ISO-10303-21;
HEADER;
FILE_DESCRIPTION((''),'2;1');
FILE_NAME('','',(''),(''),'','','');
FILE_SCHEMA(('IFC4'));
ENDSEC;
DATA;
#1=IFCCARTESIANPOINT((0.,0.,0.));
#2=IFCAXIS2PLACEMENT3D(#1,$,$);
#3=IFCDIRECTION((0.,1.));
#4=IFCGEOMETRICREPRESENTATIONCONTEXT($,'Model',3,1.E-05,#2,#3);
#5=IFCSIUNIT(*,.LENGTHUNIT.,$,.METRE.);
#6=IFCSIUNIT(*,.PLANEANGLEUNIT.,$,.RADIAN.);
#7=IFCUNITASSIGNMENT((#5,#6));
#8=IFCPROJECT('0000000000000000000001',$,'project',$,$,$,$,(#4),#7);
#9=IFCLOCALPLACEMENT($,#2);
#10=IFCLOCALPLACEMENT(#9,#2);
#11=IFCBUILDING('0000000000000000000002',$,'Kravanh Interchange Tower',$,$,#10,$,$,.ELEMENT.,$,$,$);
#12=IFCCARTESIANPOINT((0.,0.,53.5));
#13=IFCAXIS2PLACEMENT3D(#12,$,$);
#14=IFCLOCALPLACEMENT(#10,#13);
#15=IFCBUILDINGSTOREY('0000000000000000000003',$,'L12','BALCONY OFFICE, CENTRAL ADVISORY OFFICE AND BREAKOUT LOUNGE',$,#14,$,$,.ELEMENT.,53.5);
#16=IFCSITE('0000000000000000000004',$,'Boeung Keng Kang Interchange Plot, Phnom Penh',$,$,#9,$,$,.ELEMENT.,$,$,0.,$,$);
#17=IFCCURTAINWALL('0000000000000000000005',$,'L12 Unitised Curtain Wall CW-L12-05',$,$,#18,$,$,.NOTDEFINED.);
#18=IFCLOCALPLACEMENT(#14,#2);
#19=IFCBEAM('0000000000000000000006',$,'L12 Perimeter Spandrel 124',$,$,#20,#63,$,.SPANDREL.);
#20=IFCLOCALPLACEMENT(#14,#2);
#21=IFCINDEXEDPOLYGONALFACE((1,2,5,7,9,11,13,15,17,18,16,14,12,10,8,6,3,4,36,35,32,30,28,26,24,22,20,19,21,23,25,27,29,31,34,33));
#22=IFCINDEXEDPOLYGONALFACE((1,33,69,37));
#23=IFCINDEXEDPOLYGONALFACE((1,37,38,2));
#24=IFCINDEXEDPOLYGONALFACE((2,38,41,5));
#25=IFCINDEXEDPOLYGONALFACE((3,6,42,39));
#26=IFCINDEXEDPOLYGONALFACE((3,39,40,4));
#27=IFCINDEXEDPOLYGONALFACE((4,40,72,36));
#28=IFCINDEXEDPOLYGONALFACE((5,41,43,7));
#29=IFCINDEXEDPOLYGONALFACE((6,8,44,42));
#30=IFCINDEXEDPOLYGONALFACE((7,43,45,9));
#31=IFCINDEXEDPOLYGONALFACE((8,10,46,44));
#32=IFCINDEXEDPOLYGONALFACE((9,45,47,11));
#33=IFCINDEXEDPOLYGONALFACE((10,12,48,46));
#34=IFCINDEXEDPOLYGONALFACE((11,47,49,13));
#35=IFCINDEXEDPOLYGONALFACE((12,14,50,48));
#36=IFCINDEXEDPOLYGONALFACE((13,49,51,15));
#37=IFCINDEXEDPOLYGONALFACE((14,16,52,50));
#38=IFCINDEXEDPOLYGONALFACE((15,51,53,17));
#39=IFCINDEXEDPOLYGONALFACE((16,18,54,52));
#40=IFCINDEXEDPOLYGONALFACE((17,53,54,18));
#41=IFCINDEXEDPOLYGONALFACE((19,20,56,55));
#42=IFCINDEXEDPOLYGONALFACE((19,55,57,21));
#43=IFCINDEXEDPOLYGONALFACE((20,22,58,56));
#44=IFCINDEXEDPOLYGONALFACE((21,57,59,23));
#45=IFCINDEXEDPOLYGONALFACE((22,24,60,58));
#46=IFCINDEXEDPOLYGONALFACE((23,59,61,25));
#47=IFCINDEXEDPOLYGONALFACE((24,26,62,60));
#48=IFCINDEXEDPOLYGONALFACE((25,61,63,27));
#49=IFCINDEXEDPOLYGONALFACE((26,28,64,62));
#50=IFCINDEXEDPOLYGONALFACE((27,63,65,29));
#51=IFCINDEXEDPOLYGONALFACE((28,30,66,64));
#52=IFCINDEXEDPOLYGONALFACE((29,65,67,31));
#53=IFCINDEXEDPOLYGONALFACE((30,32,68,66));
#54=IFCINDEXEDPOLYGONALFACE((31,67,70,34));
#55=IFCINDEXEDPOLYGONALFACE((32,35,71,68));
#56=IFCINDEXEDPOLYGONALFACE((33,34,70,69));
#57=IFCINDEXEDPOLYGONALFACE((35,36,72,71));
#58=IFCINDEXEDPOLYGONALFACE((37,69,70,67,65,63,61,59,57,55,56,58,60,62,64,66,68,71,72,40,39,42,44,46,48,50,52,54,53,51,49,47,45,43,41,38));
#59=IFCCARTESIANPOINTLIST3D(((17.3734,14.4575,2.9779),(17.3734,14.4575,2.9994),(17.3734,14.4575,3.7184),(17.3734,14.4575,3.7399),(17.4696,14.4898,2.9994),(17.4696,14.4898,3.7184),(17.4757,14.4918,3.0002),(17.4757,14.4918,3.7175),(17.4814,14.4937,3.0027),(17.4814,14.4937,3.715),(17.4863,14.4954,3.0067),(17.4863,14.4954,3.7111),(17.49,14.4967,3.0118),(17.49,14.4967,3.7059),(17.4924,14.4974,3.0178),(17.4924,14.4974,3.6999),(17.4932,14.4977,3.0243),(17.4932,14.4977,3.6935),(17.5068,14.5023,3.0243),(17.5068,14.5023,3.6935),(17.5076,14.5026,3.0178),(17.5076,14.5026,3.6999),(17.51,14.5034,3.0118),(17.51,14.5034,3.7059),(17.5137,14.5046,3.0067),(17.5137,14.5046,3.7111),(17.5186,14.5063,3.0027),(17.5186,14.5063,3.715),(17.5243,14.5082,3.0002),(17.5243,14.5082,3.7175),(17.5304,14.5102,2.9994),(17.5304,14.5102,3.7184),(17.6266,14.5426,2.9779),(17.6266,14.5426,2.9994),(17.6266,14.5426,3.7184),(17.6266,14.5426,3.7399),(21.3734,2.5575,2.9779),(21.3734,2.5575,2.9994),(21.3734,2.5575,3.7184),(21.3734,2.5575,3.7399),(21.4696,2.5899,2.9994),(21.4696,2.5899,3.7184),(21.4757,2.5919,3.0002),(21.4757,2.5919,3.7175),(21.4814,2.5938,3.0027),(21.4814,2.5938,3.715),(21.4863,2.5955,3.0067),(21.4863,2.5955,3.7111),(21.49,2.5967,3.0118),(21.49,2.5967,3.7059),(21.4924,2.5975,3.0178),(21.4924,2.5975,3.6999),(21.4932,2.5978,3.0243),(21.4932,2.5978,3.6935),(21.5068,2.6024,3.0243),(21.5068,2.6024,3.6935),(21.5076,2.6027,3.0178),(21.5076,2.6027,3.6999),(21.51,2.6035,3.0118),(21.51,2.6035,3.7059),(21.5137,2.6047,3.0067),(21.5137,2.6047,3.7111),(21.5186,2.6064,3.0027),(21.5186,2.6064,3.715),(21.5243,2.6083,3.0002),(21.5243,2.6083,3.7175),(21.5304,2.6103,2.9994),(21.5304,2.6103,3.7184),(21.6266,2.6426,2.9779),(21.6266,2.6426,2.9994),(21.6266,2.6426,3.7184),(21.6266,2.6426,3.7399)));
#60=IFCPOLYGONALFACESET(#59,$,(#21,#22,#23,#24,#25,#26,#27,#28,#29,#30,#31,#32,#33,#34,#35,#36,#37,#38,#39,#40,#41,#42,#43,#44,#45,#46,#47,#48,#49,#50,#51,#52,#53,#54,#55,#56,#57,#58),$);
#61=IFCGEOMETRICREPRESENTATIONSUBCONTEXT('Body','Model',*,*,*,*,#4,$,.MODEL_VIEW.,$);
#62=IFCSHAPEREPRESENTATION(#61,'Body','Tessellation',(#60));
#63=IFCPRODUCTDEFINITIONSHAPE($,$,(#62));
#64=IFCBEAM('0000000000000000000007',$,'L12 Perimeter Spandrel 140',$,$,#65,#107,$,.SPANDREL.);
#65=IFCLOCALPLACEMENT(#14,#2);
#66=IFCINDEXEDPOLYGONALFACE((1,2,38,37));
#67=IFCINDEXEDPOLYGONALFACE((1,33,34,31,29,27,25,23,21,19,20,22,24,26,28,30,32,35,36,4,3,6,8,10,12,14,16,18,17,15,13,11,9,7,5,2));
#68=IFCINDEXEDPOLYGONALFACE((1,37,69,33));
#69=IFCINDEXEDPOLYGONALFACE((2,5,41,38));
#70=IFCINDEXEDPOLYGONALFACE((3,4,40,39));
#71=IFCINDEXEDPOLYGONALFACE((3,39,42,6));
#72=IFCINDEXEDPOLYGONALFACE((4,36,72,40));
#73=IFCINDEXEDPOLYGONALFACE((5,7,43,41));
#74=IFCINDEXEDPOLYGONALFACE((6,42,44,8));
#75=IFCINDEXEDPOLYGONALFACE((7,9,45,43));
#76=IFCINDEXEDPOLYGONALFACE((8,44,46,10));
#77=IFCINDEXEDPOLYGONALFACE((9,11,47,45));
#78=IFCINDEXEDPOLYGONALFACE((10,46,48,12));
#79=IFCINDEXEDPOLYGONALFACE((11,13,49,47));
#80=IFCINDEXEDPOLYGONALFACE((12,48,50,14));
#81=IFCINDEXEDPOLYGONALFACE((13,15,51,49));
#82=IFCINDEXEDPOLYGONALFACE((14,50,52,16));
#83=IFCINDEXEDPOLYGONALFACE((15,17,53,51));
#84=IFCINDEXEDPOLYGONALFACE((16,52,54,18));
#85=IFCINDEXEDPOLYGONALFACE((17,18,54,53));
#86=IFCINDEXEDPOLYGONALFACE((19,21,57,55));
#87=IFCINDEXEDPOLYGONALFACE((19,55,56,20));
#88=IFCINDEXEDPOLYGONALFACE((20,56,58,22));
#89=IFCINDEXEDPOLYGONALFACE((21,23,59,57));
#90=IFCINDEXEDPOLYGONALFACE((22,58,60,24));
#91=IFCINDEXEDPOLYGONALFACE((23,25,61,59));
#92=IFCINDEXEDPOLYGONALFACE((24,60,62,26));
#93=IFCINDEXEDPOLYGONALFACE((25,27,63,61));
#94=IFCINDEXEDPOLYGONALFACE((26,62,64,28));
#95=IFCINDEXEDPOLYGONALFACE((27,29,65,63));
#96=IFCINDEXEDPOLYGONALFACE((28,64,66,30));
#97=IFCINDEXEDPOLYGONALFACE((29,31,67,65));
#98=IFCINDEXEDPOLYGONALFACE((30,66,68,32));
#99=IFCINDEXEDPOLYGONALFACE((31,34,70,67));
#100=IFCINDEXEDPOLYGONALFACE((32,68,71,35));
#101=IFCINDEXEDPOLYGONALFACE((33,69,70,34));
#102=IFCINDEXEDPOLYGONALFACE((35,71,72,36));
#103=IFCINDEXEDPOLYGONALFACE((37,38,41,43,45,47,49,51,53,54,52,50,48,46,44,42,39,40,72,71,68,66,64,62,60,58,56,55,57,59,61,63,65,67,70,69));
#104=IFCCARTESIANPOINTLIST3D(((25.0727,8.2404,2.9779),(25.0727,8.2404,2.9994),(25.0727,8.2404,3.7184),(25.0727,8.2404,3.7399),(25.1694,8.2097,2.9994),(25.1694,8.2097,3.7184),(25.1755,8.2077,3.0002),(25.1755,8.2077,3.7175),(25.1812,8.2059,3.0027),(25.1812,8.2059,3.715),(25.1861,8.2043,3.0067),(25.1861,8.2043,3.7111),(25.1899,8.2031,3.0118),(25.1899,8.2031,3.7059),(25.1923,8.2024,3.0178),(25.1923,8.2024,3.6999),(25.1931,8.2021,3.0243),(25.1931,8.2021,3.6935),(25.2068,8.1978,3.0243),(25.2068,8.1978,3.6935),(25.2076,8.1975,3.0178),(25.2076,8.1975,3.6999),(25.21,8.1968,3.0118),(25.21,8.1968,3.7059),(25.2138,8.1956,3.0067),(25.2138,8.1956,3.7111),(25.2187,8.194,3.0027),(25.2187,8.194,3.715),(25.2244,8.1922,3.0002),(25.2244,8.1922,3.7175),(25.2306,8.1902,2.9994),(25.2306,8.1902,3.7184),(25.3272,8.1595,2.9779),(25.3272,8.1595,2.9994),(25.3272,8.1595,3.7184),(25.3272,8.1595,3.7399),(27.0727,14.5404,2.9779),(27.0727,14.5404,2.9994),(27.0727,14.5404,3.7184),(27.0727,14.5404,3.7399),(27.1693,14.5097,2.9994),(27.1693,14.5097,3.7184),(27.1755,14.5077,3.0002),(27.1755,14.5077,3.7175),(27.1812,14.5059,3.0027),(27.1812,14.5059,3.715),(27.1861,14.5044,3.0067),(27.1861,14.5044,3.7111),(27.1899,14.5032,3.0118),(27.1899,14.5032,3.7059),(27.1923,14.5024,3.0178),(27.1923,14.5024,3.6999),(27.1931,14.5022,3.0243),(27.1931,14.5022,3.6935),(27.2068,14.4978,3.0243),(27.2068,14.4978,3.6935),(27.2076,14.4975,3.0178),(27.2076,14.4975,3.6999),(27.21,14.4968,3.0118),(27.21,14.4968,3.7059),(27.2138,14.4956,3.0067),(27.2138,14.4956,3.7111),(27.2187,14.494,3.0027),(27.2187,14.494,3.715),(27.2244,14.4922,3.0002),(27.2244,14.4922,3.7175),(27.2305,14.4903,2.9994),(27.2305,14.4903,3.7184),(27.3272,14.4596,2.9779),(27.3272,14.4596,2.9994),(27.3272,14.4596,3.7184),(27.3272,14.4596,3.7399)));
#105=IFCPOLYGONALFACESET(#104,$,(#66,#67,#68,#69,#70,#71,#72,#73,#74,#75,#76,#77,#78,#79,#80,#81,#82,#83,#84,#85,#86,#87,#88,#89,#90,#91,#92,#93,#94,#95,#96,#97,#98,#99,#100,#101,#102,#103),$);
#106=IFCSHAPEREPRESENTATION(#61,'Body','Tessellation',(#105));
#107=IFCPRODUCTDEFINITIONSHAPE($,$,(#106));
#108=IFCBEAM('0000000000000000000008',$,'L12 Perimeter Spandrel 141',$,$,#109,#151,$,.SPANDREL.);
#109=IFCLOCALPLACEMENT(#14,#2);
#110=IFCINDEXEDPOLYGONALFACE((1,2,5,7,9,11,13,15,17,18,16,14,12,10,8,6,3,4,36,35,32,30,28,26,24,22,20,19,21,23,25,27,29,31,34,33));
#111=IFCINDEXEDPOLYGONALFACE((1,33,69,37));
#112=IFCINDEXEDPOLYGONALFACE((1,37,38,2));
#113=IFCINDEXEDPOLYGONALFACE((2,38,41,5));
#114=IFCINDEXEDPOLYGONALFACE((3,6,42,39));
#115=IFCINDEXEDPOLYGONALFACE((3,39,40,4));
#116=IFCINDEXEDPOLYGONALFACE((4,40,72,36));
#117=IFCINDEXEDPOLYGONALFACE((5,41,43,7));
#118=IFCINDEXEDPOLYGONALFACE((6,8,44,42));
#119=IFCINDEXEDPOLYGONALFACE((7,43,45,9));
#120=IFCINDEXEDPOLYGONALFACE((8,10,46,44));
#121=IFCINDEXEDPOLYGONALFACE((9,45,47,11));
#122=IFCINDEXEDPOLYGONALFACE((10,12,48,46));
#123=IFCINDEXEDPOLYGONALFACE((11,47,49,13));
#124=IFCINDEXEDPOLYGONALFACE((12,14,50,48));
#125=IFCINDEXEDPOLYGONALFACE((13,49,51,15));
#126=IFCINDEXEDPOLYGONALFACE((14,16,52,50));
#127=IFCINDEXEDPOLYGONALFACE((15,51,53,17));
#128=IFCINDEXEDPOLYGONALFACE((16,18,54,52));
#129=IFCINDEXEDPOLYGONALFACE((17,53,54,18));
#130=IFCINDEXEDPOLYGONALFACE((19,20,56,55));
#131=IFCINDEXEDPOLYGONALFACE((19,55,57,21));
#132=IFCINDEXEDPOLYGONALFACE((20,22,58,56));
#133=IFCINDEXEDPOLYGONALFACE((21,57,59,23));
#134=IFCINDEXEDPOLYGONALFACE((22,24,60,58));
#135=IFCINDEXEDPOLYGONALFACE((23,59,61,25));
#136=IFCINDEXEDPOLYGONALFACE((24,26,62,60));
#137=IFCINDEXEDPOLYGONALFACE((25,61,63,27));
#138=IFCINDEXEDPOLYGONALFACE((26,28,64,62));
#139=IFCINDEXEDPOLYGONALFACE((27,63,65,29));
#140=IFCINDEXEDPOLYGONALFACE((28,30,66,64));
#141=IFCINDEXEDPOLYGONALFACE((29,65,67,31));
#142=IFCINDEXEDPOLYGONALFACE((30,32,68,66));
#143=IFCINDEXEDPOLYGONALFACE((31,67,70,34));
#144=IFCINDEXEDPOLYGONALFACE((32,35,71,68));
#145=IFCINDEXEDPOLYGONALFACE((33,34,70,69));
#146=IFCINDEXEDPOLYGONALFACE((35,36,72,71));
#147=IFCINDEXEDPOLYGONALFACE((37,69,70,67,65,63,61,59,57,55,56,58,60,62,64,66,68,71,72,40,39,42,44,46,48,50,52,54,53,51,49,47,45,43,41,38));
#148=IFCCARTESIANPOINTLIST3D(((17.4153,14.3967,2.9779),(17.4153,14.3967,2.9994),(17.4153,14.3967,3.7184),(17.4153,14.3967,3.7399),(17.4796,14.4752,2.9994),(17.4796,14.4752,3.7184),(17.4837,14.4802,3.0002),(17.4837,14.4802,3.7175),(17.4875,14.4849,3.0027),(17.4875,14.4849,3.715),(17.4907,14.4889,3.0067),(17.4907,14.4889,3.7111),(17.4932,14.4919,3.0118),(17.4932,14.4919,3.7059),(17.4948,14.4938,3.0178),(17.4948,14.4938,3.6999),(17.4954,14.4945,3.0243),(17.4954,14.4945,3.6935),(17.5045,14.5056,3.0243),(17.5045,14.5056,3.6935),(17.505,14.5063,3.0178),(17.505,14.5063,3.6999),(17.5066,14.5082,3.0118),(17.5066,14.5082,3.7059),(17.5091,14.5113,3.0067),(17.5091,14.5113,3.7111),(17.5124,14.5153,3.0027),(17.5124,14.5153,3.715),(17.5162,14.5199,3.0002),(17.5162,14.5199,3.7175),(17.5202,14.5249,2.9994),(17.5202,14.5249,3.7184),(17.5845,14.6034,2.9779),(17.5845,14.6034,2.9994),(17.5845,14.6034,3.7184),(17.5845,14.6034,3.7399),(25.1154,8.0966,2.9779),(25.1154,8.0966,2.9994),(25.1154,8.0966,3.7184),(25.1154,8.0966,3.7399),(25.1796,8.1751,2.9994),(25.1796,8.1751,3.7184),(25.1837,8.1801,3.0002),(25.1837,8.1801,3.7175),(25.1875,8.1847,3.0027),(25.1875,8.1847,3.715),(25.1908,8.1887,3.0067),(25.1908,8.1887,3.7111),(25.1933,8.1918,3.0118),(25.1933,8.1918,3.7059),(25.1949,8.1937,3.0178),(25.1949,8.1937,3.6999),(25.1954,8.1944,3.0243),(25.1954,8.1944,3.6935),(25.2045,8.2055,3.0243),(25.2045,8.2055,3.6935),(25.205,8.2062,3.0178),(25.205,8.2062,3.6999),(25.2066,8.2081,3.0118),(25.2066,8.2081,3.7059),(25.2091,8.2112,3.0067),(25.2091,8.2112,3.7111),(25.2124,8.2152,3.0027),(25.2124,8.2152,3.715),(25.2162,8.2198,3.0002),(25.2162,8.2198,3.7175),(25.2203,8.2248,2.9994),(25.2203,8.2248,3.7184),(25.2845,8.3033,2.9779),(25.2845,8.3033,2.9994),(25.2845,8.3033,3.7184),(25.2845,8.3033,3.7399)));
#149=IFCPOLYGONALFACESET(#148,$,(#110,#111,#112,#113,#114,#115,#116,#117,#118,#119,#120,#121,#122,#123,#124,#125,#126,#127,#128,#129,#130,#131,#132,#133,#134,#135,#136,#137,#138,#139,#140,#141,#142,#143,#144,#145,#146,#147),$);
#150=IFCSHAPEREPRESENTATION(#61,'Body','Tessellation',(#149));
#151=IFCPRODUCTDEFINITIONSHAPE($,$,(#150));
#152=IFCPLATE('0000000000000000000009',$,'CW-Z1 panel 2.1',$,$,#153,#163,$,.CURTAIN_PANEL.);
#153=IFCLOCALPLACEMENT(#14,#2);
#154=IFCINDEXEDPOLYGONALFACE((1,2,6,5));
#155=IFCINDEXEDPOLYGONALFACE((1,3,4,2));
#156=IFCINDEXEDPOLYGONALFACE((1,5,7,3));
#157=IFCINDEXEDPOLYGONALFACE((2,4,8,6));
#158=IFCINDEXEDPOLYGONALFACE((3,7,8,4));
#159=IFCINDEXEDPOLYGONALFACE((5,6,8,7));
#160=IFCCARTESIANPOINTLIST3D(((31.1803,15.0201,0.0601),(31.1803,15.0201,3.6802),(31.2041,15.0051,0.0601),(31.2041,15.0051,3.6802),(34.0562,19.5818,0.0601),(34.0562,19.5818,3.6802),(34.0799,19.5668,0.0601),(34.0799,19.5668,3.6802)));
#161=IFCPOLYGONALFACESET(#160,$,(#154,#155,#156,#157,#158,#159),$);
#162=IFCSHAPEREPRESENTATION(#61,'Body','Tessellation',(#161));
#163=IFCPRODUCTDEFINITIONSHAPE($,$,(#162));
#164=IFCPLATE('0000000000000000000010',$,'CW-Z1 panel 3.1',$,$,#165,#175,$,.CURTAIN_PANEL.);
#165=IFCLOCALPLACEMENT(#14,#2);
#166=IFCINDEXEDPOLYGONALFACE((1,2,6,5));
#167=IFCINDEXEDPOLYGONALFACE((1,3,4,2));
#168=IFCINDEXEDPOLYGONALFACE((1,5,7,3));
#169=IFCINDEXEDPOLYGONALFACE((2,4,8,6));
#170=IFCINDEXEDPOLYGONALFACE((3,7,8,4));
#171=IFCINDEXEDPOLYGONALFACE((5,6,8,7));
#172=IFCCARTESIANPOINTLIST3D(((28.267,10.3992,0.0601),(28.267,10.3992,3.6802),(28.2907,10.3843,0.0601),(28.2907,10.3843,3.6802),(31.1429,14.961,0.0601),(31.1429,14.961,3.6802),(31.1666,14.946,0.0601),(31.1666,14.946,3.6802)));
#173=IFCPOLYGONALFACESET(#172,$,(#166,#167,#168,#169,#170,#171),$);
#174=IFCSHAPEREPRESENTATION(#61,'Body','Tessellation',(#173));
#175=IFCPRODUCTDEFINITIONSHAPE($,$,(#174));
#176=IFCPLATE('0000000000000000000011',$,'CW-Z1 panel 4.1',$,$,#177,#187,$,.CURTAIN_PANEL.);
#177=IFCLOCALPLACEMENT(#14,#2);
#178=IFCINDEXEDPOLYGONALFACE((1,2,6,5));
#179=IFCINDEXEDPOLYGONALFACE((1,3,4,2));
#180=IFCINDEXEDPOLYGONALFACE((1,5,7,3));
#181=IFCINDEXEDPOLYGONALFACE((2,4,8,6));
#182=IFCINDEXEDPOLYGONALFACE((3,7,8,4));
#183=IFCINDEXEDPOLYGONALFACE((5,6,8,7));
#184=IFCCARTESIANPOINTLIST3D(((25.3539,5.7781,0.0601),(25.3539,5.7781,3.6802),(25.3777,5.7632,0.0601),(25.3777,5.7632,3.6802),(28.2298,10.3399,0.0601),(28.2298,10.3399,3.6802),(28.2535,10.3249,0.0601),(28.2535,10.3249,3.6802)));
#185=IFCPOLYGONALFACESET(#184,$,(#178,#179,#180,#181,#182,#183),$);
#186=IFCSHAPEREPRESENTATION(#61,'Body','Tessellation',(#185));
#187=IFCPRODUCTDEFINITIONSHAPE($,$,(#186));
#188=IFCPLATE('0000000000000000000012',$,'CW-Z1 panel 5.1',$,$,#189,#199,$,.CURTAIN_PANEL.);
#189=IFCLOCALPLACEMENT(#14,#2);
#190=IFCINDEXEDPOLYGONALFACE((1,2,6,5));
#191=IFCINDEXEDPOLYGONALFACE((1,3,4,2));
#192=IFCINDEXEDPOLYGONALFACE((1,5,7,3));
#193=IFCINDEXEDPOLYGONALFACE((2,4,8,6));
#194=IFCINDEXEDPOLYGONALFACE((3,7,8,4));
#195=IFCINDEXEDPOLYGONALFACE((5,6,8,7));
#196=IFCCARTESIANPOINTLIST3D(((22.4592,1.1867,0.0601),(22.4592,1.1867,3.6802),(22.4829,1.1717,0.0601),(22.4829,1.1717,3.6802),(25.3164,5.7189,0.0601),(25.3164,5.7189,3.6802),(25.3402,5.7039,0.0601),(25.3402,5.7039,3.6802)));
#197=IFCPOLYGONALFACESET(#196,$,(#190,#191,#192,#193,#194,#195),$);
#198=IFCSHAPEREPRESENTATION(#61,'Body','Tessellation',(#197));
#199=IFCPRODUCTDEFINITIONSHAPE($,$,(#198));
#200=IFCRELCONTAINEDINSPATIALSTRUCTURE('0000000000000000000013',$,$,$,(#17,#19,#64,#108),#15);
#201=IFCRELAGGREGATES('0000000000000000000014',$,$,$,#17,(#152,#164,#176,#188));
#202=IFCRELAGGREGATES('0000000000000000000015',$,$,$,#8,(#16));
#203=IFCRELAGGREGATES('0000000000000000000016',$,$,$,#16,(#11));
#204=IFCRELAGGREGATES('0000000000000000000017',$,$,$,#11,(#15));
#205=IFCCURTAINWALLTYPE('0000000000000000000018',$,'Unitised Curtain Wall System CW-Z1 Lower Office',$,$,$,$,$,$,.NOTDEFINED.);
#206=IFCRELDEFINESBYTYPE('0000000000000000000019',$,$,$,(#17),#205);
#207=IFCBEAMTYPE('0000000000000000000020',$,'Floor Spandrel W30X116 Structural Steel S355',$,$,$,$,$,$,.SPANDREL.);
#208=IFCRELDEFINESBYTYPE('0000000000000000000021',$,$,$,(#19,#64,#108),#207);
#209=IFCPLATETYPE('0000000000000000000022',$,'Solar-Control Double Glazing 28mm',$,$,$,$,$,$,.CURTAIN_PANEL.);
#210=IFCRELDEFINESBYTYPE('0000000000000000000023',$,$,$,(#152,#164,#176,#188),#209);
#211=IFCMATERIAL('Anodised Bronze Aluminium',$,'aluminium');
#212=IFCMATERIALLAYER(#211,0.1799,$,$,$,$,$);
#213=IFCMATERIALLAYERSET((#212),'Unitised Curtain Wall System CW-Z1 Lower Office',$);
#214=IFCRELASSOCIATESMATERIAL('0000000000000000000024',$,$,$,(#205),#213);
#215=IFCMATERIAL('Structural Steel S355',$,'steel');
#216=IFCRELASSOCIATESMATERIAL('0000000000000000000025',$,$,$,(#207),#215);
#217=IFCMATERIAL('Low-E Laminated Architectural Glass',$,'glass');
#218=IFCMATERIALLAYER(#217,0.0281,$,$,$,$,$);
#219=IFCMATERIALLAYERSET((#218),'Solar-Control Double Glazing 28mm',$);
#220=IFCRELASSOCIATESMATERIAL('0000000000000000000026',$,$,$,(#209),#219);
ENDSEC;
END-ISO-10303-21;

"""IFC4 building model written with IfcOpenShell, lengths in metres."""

from ifc_helpers import new_model, si_unit, direction, frame, origin, origin_2d, place, context, subcontext, project, spatial, rectangle, i_section, extrude, material, layer, layer_set, material_profile, profile_set, type_object, element, aggregate, save


model = new_model("IFC4")

# Units and contexts
model_context = context("Model", 3, precision=1e-05, world=origin(), true_north=direction((0.0, 1.0)))
body_context = subcontext(model_context, "Body", "Model", "MODEL_VIEW")
ifc_project = project(units=[si_unit("LENGTHUNIT", "METRE"), si_unit("PLANEANGLEUNIT", "RADIAN")], contexts=[model_context])

# Site, building, storey
site_placement = place(None, origin())
site = spatial("IfcSite", under=ifc_project, at=site_placement, Name="Boeung Keng Kang Interchange Plot, Phnom Penh", CompositionType="ELEMENT", RefElevation=0.0)
building_placement = place(site_placement, origin())
building = spatial("IfcBuilding", under=site, at=building_placement, Name="Kravanh Interchange Tower", CompositionType="ELEMENT")
storey_placement = place(building_placement, frame((0.0, 0.0, 53.5)))
storey = spatial("IfcBuildingStorey", under=building, at=storey_placement, Name="L12", Description="BALCONY OFFICE, CENTRAL ADVISORY OFFICE AND BREAKOUT LOUNGE", CompositionType="ELEMENT", Elevation=53.5)

# Curtain wall
ifc_material_1 = material(Name="Anodised Bronze Aluminium", Category="aluminium")
ifc_layer_1 = layer(ifc_material_1, 0.1799)
ifc_layer_set_1 = layer_set([ifc_layer_1], Name="Unitised Curtain Wall System CW-Z1 Lower Office")
curtain_wall_type = type_object("IfcCurtainWallType", Name="Unitised Curtain Wall System CW-Z1 Lower Office", PredefinedType="NOTDEFINED", material=ifc_layer_set_1)
curtain_wall_1_placement = place(storey_placement, origin())
curtain_wall_1 = element("IfcCurtainWall", 1, at=curtain_wall_1_placement, inside=storey, type_object=curtain_wall_type, Name="L12 Unitised Curtain Wall CW-L12-05", PredefinedType="NOTDEFINED")

# Beams
ifc_material_2 = material(Name="Structural Steel S355", Category="steel")
ifc_material_profile_1 = material_profile(ifc_material_2, i_section(OverallWidth=0.2671, OverallDepth=0.762, WebThickness=0.0144, FlangeThickness=0.0215, FilletRadius=0.0249, at=origin_2d()), Name="W30X116")
ifc_profile_set_1 = profile_set([ifc_material_profile_1], Name="Structural Steel S355")
beam_type_1 = type_object("IfcBeamType", Name="Floor Spandrel W30X116 Structural Steel S355", PredefinedType="SPANDREL", material=ifc_profile_set_1)
beam_1_placement = place(storey_placement, frame((21.5, 2.6001, 3.3589), z_axis=(-0.318619, 0.947883, 0.0), x_axis=(-0.947883, -0.318619, 0.0)))
element("IfcBeam", 2, at=beam_1_placement, inside=storey, type_object=beam_type_1, Name="L12 Perimeter Spandrel 124", PredefinedType="SPANDREL", context=body_context, shape_type="SweptSolid", body=[
    extrude(i_section(OverallWidth=0.2671, OverallDepth=0.762, WebThickness=0.0144, FlangeThickness=0.0215, FilletRadius=0.0249, at=origin_2d()), origin(), (0.0, 0.0, 1.0), 12.5542),
])
beam_2_placement = place(storey_placement, frame((25.2, 8.2, 3.3589), z_axis=(0.302577, 0.953125, 0.0), x_axis=(-0.953125, 0.302577, 0.0)))
element("IfcBeam", 3, at=beam_2_placement, inside=storey, type_object=beam_type_1, Name="L12 Perimeter Spandrel 140", PredefinedType="SPANDREL", context=body_context, shape_type="SweptSolid", body=[
    extrude(i_section(OverallWidth=0.2671, OverallDepth=0.762, WebThickness=0.0144, FlangeThickness=0.0215, FilletRadius=0.0249, at=origin_2d()), origin(), (0.0, 0.0, 1.0), 6.6099),
])
beam_3_placement = place(storey_placement, frame((25.2, 8.2, 3.3589), z_axis=(-0.773953, 0.633243, 0.0), x_axis=(-0.633243, -0.773953, 0.0)))
element("IfcBeam", 4, at=beam_3_placement, inside=storey, type_object=beam_type_1, Name="L12 Perimeter Spandrel 141", PredefinedType="SPANDREL", context=body_context, shape_type="SweptSolid", body=[
    extrude(i_section(OverallWidth=0.2671, OverallDepth=0.762, WebThickness=0.0144, FlangeThickness=0.0215, FilletRadius=0.0249, at=origin_2d()), origin(), (0.0, 0.0, 1.0), 9.949),
])

# Plates
ifc_material_3 = material(Name="Low-E Laminated Architectural Glass", Category="glass")
ifc_layer_2 = layer(ifc_material_3, 0.0281)
ifc_layer_set_2 = layer_set([ifc_layer_2], Name="Solar-Control Double Glazing 28mm")
plate_type = type_object("IfcPlateType", Name="Solar-Control Double Glazing 28mm", PredefinedType="CURTAIN_PANEL", material=ifc_layer_set_2)
plate_1_placement = place(storey_placement, frame((32.6301, 17.2935, 0.0601), z_axis=(0.0, 0.0, 1.0), x_axis=(-0.533301, -0.845926, 0.0)))
plate_1 = element("IfcPlate", 5, at=plate_1_placement, type_object=plate_type, Name="CW-Z1 panel 2.1", PredefinedType="CURTAIN_PANEL", context=body_context, shape_type="SweptSolid", body=[
    extrude(rectangle(XDim=5.3926, YDim=0.0281, at=origin_2d()), origin(), (0.0, 0.0, 1.0), 3.6201),
])
plate_2_placement = place(storey_placement, frame((29.7168, 12.6726, 0.0601), z_axis=(0.0, 0.0, 1.0), x_axis=(-0.533301, -0.845926, 0.0)))
plate_2 = element("IfcPlate", 6, at=plate_2_placement, type_object=plate_type, Name="CW-Z1 panel 3.1", PredefinedType="CURTAIN_PANEL", context=body_context, shape_type="SweptSolid", body=[
    extrude(rectangle(XDim=5.3926, YDim=0.0281, at=origin_2d()), origin(), (0.0, 0.0, 1.0), 3.6201),
])
plate_3_placement = place(storey_placement, frame((26.8037, 8.0515, 0.0601), z_axis=(0.0, 0.0, 1.0), x_axis=(-0.533301, -0.845926, 0.0)))
plate_3 = element("IfcPlate", 7, at=plate_3_placement, type_object=plate_type, Name="CW-Z1 panel 4.1", PredefinedType="CURTAIN_PANEL", context=body_context, shape_type="SweptSolid", body=[
    extrude(rectangle(XDim=5.3926, YDim=0.0281, at=origin_2d()), origin(), (0.0, 0.0, 1.0), 3.6201),
])
plate_4_placement = place(storey_placement, frame((23.8997, 3.4453, 0.0601), z_axis=(0.0, 0.0, 1.0), x_axis=(-0.533301, -0.845926, 0.0)))
plate_4 = element("IfcPlate", 8, at=plate_4_placement, type_object=plate_type, Name="CW-Z1 panel 5.1", PredefinedType="CURTAIN_PANEL", context=body_context, shape_type="SweptSolid", body=[
    extrude(rectangle(XDim=5.3577, YDim=0.0281, at=origin_2d()), origin(), (0.0, 0.0, 1.0), 3.6201),
])
aggregate(curtain_wall_1, [plate_1, plate_2, plate_3, plate_4])

save(model, "model.ifc")
